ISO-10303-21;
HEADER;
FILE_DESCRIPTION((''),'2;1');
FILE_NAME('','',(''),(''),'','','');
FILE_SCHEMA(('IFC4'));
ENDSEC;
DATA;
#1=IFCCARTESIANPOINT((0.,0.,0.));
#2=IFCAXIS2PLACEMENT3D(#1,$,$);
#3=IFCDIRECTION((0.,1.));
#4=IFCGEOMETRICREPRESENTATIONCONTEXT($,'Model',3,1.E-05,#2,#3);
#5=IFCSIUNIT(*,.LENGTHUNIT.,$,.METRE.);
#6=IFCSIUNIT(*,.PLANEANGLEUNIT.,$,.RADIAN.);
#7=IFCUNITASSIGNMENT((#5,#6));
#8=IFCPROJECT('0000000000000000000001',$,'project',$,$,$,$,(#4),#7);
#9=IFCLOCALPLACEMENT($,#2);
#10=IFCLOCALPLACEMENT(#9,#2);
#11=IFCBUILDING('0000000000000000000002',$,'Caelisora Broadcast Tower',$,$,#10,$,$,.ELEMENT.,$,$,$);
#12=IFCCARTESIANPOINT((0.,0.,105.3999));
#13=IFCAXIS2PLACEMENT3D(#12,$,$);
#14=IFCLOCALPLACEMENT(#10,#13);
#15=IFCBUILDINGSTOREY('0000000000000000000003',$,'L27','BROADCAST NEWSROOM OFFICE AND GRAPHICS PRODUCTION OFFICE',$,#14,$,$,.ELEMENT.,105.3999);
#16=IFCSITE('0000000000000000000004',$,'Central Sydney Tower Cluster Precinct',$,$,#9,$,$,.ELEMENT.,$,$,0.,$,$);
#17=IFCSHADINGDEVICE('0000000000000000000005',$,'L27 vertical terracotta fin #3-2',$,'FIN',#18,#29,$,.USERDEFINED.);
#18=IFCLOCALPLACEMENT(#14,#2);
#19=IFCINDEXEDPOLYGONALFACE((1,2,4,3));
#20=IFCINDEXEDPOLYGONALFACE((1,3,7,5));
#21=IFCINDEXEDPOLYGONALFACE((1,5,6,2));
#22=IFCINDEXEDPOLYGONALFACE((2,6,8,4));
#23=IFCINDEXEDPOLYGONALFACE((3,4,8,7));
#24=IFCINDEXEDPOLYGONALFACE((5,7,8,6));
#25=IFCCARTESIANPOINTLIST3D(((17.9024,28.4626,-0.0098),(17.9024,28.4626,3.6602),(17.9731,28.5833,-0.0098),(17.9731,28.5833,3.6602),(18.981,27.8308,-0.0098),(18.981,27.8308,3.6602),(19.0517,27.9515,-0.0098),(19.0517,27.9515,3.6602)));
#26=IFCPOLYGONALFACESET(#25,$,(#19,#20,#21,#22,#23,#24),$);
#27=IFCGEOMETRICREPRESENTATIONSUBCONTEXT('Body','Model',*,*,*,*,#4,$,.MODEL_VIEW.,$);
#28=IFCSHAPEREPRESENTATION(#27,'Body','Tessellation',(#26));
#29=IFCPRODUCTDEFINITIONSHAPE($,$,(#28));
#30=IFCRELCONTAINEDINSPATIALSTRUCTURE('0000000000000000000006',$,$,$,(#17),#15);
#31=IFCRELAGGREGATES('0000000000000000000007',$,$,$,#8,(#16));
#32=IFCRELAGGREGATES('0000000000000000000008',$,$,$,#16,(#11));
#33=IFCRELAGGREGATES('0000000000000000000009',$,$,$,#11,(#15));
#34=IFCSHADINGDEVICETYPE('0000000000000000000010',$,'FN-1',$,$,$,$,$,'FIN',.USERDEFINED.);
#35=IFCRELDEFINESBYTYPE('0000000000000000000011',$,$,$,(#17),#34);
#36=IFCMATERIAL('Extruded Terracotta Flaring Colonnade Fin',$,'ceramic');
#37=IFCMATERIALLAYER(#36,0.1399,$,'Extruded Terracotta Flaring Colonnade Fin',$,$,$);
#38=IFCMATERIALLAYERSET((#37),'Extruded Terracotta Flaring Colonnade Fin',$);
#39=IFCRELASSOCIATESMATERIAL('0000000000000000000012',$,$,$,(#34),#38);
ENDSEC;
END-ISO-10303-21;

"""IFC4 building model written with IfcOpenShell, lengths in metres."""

from ifc_helpers import new_model, si_unit, direction, frame, origin, origin_2d, place, context, subcontext, project, spatial, rectangle, extrude, source, transform, mapped, material, layer, layer_set, type_object, type_shapes, element, save


model = new_model("IFC4")

# Units and contexts
model_context = context("Model", 3, precision=1e-05, world=origin(), true_north=direction((0.0, 1.0)))
body_context = subcontext(model_context, "Body", "Model", "MODEL_VIEW")
ifc_project = project(units=[si_unit("LENGTHUNIT", "METRE"), si_unit("PLANEANGLEUNIT", "RADIAN")], contexts=[model_context])

# Site, building, storey
site_placement = place(None, origin())
site = spatial("IfcSite", under=ifc_project, at=site_placement, Name="Central Sydney Tower Cluster Precinct", CompositionType="ELEMENT", RefElevation=0.0)
building_placement = place(site_placement, origin())
building = spatial("IfcBuilding", under=site, at=building_placement, Name="Caelisora Broadcast Tower", CompositionType="ELEMENT")
storey_placement = place(building_placement, frame((0.0, 0.0, 105.3999)))
storey = spatial("IfcBuildingStorey", under=building, at=storey_placement, Name="L27", Description="BROADCAST NEWSROOM OFFICE AND GRAPHICS PRODUCTION OFFICE", CompositionType="ELEMENT", Elevation=105.3999)

# Shading device
ifc_material_1 = material(Name="Extruded Terracotta Flaring Colonnade Fin", Category="ceramic")
ifc_layer_1 = layer(ifc_material_1, 0.1399, Name="Extruded Terracotta Flaring Colonnade Fin")
ifc_layer_set_1 = layer_set([ifc_layer_1], Name="Extruded Terracotta Flaring Colonnade Fin")
shading_device_type = type_object("IfcShadingDeviceType", Name="FN-1", ElementType="FIN", PredefinedType="USERDEFINED", material=ifc_layer_set_1)
shared_shape_1 = source(origin(), body_context, "Body", "SweptSolid", [
    extrude(rectangle(XDim=0.1399, YDim=1.25, at=origin_2d()), origin(), (0.0, 0.0, 1.0), 3.6699),
])
type_shapes(shading_device_type, [shared_shape_1])
shading_device_placement = place(storey_placement, frame((18.4771, 28.207, -0.0098), z_axis=(0.0, 0.0, 1.0), x_axis=(0.505431, 0.862867, 0.0)))
element("IfcShadingDevice", 1, at=shading_device_placement, inside=storey, type_object=shading_device_type, Name="L27 vertical terracotta fin #3-2", ObjectType="FIN", PredefinedType="USERDEFINED", context=body_context, shape_type="MappedRepresentation", body=[
    mapped(shared_shape_1, transform((0.0, 0.0, 0.0), scale=1.0)),
])

save(model, "model.ifc")
